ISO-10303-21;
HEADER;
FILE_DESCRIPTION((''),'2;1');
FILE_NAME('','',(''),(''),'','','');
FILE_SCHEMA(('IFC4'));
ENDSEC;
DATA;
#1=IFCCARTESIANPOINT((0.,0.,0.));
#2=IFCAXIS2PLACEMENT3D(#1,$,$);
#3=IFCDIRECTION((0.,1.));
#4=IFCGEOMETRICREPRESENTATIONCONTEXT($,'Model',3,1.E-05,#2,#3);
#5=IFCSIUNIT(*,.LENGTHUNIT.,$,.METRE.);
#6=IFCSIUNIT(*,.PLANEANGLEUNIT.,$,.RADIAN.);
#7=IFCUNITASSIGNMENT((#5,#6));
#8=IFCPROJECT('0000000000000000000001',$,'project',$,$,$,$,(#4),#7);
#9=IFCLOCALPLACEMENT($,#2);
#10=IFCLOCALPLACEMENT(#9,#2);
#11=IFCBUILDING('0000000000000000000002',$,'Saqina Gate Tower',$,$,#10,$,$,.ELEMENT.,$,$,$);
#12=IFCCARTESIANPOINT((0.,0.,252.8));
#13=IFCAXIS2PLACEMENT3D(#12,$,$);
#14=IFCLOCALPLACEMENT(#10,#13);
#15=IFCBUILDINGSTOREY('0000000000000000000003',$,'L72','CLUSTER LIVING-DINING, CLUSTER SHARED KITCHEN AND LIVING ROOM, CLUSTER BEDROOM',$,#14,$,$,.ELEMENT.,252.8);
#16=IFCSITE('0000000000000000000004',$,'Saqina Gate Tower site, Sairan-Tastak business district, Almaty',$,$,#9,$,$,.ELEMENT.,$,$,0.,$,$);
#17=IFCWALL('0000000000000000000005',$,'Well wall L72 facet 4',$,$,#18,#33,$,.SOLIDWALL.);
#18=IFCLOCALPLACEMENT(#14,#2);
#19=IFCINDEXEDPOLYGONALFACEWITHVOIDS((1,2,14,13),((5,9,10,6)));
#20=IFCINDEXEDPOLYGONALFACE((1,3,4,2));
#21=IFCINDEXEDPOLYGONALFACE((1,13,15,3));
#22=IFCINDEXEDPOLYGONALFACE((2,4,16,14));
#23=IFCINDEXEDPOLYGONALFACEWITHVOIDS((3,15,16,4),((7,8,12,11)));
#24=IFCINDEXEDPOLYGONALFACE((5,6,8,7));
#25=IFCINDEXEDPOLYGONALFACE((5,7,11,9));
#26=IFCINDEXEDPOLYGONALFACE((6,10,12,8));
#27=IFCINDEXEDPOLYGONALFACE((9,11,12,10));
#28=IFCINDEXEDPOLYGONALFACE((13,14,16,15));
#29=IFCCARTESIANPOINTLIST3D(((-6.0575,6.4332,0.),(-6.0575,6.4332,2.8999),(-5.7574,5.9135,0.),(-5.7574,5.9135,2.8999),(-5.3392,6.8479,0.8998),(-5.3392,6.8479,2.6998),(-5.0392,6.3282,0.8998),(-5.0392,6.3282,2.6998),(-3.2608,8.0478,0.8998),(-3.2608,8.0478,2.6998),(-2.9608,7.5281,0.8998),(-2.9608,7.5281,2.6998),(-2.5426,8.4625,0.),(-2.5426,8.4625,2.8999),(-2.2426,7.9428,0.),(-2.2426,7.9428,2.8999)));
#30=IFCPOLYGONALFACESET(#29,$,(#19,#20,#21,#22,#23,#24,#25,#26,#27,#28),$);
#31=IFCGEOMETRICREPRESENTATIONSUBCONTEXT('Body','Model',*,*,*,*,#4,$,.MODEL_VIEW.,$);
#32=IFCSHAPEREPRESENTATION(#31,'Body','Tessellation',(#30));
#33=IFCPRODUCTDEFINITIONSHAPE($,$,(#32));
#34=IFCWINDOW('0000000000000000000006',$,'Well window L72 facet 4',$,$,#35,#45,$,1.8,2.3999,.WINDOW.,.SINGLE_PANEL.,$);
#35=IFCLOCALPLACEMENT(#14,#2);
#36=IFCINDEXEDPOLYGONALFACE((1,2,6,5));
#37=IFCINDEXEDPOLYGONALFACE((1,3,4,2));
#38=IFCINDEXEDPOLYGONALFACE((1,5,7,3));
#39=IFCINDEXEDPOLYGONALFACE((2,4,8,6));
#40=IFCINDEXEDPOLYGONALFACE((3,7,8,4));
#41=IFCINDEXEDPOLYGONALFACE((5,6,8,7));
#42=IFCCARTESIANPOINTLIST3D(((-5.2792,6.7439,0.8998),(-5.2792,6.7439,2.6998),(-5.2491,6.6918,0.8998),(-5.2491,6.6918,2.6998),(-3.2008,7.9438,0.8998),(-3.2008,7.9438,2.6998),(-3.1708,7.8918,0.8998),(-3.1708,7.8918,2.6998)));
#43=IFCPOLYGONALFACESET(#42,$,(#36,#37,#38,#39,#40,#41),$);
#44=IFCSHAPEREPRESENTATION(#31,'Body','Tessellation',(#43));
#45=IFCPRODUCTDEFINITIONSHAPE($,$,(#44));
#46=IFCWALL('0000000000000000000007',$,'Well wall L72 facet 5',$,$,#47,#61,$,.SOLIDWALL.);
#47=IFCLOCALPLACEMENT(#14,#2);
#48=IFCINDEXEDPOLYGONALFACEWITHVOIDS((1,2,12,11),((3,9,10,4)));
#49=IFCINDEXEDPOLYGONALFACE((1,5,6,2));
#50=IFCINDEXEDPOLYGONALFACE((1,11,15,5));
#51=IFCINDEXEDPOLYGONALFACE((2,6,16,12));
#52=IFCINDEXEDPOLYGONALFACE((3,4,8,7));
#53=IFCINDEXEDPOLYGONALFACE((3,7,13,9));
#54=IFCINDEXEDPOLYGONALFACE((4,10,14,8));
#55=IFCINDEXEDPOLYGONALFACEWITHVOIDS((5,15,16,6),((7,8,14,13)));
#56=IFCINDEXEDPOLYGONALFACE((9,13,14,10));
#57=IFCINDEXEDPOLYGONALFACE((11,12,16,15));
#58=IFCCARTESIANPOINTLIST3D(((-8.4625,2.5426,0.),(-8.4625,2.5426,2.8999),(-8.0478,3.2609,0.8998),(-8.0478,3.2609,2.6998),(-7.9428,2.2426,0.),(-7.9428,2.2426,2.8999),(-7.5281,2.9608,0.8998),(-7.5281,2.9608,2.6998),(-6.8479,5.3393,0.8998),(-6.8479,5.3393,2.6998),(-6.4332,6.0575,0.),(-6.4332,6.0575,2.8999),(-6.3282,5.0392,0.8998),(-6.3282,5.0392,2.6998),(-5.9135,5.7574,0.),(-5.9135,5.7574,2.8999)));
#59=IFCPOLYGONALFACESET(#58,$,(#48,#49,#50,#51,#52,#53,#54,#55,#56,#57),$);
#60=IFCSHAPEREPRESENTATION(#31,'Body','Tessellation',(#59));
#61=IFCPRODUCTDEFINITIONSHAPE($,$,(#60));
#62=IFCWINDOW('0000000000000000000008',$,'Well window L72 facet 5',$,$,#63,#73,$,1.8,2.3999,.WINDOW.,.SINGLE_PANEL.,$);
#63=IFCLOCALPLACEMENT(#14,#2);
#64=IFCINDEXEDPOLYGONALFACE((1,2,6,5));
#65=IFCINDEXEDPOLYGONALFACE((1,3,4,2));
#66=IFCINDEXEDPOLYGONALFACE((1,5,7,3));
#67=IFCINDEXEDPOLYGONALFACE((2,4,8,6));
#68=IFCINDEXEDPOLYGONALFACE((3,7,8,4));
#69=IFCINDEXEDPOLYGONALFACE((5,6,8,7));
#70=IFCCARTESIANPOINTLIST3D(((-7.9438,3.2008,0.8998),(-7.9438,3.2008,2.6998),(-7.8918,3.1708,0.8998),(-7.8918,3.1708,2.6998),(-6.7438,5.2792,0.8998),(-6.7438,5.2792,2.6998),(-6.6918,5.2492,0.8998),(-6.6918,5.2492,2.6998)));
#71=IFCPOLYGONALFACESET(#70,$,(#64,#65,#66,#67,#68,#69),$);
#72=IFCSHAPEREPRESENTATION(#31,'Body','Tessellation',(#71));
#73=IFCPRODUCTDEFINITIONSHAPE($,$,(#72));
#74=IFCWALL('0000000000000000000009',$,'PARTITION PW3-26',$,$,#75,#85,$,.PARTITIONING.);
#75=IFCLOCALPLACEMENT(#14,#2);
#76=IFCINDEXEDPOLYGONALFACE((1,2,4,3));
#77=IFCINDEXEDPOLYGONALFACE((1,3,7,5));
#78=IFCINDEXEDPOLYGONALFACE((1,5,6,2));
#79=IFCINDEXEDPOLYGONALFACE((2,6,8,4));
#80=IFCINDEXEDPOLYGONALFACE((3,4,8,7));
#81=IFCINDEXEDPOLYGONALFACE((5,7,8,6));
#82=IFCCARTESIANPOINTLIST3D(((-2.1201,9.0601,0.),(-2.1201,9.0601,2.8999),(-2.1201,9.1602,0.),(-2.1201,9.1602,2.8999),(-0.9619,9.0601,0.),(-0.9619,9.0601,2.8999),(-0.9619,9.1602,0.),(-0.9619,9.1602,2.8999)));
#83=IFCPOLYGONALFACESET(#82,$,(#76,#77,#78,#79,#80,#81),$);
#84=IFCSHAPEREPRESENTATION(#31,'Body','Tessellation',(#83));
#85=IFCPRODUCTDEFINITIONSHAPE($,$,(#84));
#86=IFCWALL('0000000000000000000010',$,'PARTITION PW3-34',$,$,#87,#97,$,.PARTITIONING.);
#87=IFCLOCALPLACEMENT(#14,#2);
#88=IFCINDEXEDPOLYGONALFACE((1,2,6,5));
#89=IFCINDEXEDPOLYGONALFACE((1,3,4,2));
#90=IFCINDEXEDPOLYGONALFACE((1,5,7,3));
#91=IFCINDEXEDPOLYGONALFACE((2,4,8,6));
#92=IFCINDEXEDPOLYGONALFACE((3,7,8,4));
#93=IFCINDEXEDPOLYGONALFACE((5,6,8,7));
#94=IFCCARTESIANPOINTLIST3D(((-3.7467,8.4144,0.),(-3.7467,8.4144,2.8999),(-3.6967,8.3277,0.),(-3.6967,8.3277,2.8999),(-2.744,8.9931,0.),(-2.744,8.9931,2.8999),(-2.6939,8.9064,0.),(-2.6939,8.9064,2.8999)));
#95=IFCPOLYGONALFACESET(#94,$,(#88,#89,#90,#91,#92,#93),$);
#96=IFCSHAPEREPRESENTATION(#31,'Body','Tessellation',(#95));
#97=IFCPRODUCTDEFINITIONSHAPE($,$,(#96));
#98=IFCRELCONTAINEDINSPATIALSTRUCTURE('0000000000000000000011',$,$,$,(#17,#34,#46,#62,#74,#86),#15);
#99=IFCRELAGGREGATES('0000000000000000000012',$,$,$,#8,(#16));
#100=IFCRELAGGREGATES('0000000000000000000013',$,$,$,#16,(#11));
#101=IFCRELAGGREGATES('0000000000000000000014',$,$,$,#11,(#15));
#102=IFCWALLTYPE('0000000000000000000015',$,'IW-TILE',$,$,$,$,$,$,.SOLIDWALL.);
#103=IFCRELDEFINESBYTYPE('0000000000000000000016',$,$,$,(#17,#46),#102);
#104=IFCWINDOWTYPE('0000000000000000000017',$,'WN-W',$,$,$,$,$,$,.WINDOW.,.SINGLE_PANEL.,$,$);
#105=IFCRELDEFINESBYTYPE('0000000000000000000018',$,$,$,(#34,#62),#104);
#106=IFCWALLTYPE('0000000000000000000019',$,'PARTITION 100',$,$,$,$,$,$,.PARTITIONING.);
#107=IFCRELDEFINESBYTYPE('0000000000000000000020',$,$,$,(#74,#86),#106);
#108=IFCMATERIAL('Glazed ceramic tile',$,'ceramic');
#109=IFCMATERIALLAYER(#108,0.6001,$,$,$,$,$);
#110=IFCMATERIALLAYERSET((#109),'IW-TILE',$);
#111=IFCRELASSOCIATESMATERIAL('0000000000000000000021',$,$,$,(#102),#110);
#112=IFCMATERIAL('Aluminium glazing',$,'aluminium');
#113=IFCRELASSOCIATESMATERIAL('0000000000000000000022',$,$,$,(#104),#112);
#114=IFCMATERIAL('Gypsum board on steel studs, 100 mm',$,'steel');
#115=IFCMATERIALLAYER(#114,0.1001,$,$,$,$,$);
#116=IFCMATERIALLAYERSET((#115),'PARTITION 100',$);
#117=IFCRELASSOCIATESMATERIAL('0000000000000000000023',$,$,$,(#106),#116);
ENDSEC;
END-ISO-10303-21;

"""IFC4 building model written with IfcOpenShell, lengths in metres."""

from ifc_helpers import new_model, si_unit, direction, frame, frame_2d, origin, place, context, subcontext, project, spatial, rectangle, extrude, material, layer, layer_set, type_object, element, fill, save


model = new_model("IFC4")

# Units and contexts
model_context = context("Model", 3, precision=1e-05, world=origin(), true_north=direction((0.0, 1.0)))
body_context = subcontext(model_context, "Body", "Model", "MODEL_VIEW")
ifc_project = project(units=[si_unit("LENGTHUNIT", "METRE"), si_unit("PLANEANGLEUNIT", "RADIAN")], contexts=[model_context])

# Site, building, storey
site_placement = place(None, origin())
site = spatial("IfcSite", under=ifc_project, at=site_placement, Name="Saqina Gate Tower site, Sairan-Tastak business district, Almaty", CompositionType="ELEMENT", RefElevation=0.0)
building_placement = place(site_placement, origin())
building = spatial("IfcBuilding", under=site, at=building_placement, Name="Saqina Gate Tower", CompositionType="ELEMENT")
storey_placement = place(building_placement, frame((0.0, 0.0, 252.8)))
storey = spatial("IfcBuildingStorey", under=building, at=storey_placement, Name="L72", Description="CLUSTER LIVING-DINING, CLUSTER SHARED KITCHEN AND LIVING ROOM, CLUSTER BEDROOM", CompositionType="ELEMENT", Elevation=252.8)

# Walls, openings, windows
ifc_material_1 = material(Name="Glazed ceramic tile", Category="ceramic")
ifc_layer_1 = layer(ifc_material_1, 0.6001)
ifc_layer_set_1 = layer_set([ifc_layer_1], Name="IW-TILE")
wall_type_1 = type_object("IfcWallType", Name="IW-TILE", PredefinedType="SOLIDWALL", material=ifc_layer_set_1)
wall_1_placement = place(storey_placement, frame((-2.3926, 8.2026, 0.0), z_axis=(0.0, 0.0, 1.0), x_axis=(-0.866028, -0.499995, 0.0)))
wall_1 = element("IfcWall", 1, at=wall_1_placement, inside=storey, type_object=wall_type_1, Name="Well wall L72 facet 4", PredefinedType="SOLIDWALL", context=body_context, shape_type="SweptSolid", body=[
    extrude(rectangle(XDim=4.0586, YDim=0.6001, at=frame_2d((2.0293, 0.0))), origin(), (0.0, 0.0, 1.0), 2.8999),
])
opening_1_placement = place(wall_1_placement, frame((0.8293, 0.0, 0.8999)))
opening_1 = element("IfcOpeningElement", 2, at=opening_1_placement, cuts=wall_1, PredefinedType="OPENING", context=body_context, shape_type="SweptSolid", body=[
    extrude(rectangle(XDim=2.3999, YDim=1.8, at=frame_2d((1.2, 0.8999))), frame((0.0, 0.312, 0.0), z_axis=(0.0, -1.0, 0.0), x_axis=(1.0, 0.0, 0.0)), (0.0, 0.0, 1.0), 0.624),
])
ifc_material_2 = material(Name="Aluminium glazing", Category="aluminium")
window_type = type_object("IfcWindowType", Name="WN-W", PartitioningType="SINGLE_PANEL", PredefinedType="WINDOW", material=ifc_material_2)
window_1_placement = place(opening_1_placement, origin())
window_1 = element("IfcWindow", 3, at=window_1_placement, inside=storey, type_object=window_type, Name="Well window L72 facet 4", OverallHeight=1.8, OverallWidth=2.3999, PartitioningType="SINGLE_PANEL", PredefinedType="WINDOW", context=body_context, shape_type="SweptSolid", body=[
    extrude(rectangle(XDim=2.3999, YDim=1.8, at=frame_2d((1.2, 0.8999))), frame((0.0, -0.1199, 0.0), z_axis=(0.0, -1.0, 0.0), x_axis=(1.0, 0.0, 0.0)), (0.0, 0.0, 1.0), 0.0601),
])
fill(opening_1, window_1)
wall_2_placement = place(storey_placement, frame((-6.1733, 5.9075, 0.0), z_axis=(0.0, 0.0, 1.0), x_axis=(-0.499995, -0.866028, 0.0)))
wall_2 = element("IfcWall", 4, at=wall_2_placement, inside=storey, type_object=wall_type_1, Name="Well wall L72 facet 5", PredefinedType="SOLIDWALL", context=body_context, shape_type="SweptSolid", body=[
    extrude(rectangle(XDim=4.0586, YDim=0.6001, at=frame_2d((2.0293, 0.0))), origin(), (0.0, 0.0, 1.0), 2.8999),
])
opening_2_placement = place(wall_2_placement, frame((0.8293, 0.0, 0.8999)))
opening_2 = element("IfcOpeningElement", 5, at=opening_2_placement, cuts=wall_2, PredefinedType="OPENING", context=body_context, shape_type="SweptSolid", body=[
    extrude(rectangle(XDim=2.3999, YDim=1.8, at=frame_2d((1.2, 0.8999))), frame((0.0, 0.312, 0.0), z_axis=(0.0, -1.0, 0.0), x_axis=(1.0, 0.0, 0.0)), (0.0, 0.0, 1.0), 0.624),
])
window_2_placement = place(opening_2_placement, origin())
window_2 = element("IfcWindow", 6, at=window_2_placement, inside=storey, type_object=window_type, Name="Well window L72 facet 5", OverallHeight=1.8, OverallWidth=2.3999, PartitioningType="SINGLE_PANEL", PredefinedType="WINDOW", context=body_context, shape_type="SweptSolid", body=[
    extrude(rectangle(XDim=2.3999, YDim=1.8, at=frame_2d((1.2, 0.8999))), frame((0.0, -0.1199, 0.0), z_axis=(0.0, -1.0, 0.0), x_axis=(1.0, 0.0, 0.0)), (0.0, 0.0, 1.0), 0.0601),
])
fill(opening_2, window_2)

# Walls
ifc_material_3 = material(Name="Gypsum board on steel studs, 100 mm", Category="steel")
ifc_layer_2 = layer(ifc_material_3, 0.1001)
ifc_layer_set_2 = layer_set([ifc_layer_2], Name="PARTITION 100")
wall_type_2 = type_object("IfcWallType", Name="PARTITION 100", PredefinedType="PARTITIONING", material=ifc_layer_set_2)
wall_3_placement = place(storey_placement, frame((-2.1201, 9.1101, 0.0), z_axis=(0.0, 0.0, 1.0), x_axis=(1.0, 0.0, 0.0)))
element("IfcWall", 7, at=wall_3_placement, inside=storey, type_object=wall_type_2, Name="PARTITION PW3-26", PredefinedType="PARTITIONING", context=body_context, shape_type="SweptSolid", body=[
    extrude(rectangle(XDim=1.1582, YDim=0.1001, at=frame_2d((0.5791, 0.0))), origin(), (0.0, 0.0, 1.0), 2.8999),
])
wall_4_placement = place(storey_placement, frame((-3.7217, 8.3711, 0.0), z_axis=(0.0, 0.0, 1.0), x_axis=(0.866133, 0.499814, 0.0)))
element("IfcWall", 8, at=wall_4_placement, inside=storey, type_object=wall_type_2, Name="PARTITION PW3-34", PredefinedType="PARTITIONING", context=body_context, shape_type="SweptSolid", body=[
    extrude(rectangle(XDim=1.1577, YDim=0.1001, at=frame_2d((0.5789, 0.0))), origin(), (0.0, 0.0, 1.0), 2.8999),
])

save(model, "model.ifc")
